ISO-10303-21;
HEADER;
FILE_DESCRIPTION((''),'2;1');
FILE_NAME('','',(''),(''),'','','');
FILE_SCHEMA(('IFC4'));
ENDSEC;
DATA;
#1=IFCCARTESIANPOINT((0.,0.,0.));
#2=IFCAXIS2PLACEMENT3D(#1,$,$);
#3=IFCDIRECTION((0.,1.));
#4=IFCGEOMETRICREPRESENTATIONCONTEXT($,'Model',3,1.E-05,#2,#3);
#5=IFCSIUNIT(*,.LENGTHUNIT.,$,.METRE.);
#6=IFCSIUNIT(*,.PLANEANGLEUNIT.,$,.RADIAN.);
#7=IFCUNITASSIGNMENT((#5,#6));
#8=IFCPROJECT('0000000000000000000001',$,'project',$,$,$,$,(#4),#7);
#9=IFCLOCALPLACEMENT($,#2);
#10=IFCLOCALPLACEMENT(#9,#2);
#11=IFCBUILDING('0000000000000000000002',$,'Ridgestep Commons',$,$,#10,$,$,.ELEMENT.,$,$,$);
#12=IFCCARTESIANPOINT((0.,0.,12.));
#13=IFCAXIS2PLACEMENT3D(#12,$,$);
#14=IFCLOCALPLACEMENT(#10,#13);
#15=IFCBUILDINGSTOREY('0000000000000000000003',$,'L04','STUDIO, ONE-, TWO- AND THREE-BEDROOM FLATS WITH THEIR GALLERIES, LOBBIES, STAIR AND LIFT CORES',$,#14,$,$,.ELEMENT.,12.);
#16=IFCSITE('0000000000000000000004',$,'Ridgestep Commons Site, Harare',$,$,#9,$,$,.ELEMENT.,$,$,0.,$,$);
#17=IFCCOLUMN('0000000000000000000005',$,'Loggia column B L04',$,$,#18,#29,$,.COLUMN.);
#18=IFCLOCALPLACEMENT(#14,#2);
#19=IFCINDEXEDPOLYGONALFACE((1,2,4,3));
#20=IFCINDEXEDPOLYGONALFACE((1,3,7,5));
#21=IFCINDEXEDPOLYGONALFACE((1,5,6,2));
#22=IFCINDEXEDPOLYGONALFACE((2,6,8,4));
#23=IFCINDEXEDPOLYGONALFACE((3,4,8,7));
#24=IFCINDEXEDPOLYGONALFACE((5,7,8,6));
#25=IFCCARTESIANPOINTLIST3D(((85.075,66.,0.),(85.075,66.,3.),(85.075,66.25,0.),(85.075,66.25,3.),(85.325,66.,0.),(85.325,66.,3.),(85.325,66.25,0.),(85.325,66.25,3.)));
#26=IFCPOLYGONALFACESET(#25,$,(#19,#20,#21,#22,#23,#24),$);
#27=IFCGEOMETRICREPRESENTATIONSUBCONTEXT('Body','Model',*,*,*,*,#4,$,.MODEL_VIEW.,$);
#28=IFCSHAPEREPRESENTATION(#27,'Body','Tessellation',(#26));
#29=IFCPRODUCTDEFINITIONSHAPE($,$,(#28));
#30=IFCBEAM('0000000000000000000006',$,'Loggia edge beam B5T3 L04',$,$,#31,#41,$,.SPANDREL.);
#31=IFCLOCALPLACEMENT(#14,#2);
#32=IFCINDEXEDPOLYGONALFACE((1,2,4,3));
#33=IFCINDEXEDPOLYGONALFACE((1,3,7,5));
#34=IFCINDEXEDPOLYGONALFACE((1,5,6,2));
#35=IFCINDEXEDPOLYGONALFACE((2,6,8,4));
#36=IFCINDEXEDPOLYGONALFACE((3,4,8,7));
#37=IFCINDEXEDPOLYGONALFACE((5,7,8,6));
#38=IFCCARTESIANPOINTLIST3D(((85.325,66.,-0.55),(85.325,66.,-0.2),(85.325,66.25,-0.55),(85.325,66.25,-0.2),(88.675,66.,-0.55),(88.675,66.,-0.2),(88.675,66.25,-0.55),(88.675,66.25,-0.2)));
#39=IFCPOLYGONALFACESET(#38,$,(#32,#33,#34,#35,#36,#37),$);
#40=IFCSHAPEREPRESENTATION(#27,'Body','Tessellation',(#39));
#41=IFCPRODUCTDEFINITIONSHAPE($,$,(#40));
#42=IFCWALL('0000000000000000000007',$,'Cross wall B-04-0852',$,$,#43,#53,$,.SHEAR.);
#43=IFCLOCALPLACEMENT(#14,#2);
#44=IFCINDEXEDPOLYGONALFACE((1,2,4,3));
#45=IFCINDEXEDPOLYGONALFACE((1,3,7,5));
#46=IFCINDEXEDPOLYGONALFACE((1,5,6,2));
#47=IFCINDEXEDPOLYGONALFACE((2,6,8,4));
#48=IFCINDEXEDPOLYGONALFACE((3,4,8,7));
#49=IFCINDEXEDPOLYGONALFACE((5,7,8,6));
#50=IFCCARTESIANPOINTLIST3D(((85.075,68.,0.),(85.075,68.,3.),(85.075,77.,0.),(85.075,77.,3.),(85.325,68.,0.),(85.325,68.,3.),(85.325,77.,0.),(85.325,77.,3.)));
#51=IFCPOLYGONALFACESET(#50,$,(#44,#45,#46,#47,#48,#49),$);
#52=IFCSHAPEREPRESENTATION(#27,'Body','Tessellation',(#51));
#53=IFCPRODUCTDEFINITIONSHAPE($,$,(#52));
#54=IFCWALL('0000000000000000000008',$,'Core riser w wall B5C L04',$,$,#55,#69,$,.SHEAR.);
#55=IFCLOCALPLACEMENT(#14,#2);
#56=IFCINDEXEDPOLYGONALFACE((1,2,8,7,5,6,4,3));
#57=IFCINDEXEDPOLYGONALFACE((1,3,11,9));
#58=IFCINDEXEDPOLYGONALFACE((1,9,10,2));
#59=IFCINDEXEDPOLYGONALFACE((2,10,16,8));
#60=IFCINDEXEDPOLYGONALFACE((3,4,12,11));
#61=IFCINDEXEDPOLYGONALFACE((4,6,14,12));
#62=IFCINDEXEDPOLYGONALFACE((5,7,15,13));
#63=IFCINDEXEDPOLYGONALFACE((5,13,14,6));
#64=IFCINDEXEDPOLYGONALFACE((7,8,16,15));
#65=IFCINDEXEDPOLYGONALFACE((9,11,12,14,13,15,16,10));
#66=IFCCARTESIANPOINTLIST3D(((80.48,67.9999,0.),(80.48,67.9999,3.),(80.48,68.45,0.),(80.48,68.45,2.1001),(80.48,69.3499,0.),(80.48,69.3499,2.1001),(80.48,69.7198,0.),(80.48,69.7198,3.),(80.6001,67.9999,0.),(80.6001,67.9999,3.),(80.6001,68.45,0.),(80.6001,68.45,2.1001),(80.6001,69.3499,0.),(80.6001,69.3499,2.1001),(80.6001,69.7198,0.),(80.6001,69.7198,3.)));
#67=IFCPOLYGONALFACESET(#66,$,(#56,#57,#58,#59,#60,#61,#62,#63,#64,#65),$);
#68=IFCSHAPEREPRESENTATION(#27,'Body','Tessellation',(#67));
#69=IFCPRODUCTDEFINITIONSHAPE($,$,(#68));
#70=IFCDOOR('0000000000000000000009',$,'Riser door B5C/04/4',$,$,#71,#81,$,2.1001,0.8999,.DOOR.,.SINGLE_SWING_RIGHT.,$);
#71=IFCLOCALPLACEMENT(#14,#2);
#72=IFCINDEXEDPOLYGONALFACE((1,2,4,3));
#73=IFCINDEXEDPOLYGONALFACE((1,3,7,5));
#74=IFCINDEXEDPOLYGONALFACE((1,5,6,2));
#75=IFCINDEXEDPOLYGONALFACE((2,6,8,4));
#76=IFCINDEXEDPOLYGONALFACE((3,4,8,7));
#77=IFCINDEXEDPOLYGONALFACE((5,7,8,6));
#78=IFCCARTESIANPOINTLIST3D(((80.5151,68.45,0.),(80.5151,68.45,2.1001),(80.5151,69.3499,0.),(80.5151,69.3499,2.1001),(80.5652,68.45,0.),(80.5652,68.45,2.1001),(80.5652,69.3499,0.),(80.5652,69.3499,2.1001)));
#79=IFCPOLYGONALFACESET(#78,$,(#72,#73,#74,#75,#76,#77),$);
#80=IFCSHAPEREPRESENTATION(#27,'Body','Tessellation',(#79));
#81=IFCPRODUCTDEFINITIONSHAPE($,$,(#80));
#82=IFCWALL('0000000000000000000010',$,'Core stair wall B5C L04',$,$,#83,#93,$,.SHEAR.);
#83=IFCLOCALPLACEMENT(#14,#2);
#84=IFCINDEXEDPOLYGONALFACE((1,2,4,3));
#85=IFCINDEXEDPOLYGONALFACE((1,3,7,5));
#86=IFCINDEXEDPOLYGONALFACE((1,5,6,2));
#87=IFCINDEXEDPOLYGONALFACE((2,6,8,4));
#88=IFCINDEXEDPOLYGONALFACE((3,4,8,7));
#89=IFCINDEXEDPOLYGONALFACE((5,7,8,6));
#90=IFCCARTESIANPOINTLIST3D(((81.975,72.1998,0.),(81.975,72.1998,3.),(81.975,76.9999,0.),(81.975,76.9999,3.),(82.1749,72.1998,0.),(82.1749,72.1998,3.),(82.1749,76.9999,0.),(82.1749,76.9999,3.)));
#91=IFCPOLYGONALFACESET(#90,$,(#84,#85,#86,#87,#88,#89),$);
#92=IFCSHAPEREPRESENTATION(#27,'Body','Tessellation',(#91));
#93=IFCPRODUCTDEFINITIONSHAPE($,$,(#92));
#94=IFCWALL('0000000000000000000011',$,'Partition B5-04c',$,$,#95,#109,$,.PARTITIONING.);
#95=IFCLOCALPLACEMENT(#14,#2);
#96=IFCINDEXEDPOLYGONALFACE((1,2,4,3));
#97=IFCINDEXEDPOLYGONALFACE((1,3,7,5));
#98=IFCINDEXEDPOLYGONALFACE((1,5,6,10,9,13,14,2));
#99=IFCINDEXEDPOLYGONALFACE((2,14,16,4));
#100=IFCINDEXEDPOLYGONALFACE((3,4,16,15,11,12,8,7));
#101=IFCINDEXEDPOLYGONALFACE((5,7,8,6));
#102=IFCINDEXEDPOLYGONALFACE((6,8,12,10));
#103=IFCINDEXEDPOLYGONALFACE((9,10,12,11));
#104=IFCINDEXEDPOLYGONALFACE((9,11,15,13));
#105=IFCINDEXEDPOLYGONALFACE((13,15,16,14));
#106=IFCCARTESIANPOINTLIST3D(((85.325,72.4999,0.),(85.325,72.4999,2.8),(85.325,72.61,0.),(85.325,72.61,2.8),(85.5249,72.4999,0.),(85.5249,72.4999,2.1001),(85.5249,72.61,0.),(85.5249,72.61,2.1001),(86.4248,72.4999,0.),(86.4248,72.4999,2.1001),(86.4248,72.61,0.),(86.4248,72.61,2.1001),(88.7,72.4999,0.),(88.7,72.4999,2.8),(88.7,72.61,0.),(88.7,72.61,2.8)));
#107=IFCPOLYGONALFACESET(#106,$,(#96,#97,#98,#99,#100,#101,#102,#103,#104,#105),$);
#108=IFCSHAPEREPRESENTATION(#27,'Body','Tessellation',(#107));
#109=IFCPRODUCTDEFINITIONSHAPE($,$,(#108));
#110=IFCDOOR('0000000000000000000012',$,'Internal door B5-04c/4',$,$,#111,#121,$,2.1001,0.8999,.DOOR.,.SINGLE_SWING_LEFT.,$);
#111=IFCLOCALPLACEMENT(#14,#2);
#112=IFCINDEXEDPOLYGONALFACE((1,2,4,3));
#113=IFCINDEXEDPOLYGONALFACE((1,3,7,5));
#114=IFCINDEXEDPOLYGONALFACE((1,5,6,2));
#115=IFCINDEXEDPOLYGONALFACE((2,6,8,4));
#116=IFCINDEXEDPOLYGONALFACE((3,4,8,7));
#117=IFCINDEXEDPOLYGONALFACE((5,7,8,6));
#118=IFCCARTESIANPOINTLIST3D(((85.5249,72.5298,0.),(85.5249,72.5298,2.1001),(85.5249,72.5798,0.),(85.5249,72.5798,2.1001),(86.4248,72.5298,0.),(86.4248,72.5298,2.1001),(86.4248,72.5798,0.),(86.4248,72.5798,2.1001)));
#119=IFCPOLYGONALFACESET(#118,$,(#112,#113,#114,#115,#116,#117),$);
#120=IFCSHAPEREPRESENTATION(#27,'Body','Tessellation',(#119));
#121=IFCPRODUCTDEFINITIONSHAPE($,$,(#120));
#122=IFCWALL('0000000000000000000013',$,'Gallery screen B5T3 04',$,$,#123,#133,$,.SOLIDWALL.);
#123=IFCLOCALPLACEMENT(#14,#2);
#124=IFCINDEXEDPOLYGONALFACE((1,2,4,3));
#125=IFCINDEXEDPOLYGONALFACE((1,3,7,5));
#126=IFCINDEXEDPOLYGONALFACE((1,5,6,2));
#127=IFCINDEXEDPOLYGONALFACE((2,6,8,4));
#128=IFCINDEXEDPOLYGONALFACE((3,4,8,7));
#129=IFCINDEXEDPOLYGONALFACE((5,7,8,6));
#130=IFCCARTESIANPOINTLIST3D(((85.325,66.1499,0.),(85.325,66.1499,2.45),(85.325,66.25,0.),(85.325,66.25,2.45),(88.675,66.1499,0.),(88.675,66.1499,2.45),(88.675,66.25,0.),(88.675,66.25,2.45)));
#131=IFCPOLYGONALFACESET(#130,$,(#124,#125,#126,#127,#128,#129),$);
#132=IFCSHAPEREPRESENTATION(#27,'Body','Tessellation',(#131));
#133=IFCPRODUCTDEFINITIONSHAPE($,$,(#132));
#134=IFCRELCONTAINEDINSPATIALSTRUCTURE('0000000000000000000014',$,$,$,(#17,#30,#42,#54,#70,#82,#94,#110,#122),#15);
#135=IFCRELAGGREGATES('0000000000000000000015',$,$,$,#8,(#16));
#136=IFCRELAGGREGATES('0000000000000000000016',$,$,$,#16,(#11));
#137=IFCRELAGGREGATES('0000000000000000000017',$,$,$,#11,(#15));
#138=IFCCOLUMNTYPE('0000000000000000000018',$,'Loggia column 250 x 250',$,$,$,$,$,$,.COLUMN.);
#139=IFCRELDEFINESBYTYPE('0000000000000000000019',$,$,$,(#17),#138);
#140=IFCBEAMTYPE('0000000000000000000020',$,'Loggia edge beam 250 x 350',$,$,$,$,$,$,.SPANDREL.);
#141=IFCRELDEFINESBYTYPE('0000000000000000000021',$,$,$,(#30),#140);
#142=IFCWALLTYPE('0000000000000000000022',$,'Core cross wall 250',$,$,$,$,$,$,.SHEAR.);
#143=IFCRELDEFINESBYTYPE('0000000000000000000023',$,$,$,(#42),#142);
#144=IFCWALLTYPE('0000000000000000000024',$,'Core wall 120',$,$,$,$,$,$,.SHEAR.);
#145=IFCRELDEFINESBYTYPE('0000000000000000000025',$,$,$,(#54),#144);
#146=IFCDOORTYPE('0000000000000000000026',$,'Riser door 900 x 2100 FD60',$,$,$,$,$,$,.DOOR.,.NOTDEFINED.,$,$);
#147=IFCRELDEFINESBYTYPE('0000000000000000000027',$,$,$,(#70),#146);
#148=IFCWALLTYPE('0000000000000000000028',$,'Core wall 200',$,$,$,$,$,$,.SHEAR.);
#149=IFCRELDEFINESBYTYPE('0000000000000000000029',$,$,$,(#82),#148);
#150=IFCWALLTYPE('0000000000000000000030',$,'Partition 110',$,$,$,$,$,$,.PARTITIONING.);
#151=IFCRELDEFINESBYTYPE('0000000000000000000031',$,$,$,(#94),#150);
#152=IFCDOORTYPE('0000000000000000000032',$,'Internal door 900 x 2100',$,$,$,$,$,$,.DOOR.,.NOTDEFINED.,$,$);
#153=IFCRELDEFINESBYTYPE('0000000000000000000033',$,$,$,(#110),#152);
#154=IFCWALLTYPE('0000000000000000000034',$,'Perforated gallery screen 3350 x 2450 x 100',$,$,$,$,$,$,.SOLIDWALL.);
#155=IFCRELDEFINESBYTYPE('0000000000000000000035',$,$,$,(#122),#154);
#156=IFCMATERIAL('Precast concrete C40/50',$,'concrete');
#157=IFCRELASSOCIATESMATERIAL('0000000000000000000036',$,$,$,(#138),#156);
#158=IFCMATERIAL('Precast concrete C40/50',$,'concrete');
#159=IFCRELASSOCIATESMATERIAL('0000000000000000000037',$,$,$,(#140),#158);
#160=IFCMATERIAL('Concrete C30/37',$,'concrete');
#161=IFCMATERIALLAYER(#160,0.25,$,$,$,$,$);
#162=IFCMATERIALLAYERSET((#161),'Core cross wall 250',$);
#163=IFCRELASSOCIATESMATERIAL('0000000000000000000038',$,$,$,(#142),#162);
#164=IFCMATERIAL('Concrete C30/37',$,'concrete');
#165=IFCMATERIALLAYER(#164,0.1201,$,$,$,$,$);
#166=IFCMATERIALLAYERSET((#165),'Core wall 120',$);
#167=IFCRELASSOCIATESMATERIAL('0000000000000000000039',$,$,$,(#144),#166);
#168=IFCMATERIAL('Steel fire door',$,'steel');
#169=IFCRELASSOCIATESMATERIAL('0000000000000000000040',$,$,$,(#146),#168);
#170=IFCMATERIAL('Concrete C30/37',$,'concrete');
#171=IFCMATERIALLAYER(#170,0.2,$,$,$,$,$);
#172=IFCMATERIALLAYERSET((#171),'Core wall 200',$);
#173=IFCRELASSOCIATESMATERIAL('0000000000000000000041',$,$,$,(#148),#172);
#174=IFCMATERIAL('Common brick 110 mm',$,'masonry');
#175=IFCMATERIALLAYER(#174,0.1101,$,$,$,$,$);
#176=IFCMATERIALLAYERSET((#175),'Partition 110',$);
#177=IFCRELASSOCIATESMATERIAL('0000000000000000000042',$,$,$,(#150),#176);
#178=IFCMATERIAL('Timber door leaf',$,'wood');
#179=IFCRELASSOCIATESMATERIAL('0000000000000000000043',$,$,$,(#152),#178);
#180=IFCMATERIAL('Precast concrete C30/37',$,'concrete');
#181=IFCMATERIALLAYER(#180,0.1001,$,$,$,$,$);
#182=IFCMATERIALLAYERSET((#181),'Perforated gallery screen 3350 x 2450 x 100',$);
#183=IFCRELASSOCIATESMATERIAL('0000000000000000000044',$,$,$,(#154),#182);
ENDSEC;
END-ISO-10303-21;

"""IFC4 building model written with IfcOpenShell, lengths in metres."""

from ifc_helpers import new_model, si_unit, direction, frame, frame_2d, origin, origin_2d, place, context, subcontext, project, spatial, rectangle, extrude, material, layer, layer_set, material_profile, profile_set, type_object, element, fill, save


model = new_model("IFC4")

# Units and contexts
model_context = context("Model", 3, precision=1e-05, world=origin(), true_north=direction((0.0, 1.0)))
body_context = subcontext(model_context, "Body", "Model", "MODEL_VIEW")
ifc_project = project(units=[si_unit("LENGTHUNIT", "METRE"), si_unit("PLANEANGLEUNIT", "RADIAN")], contexts=[model_context])

# Site, building, storey
site_placement = place(None, origin())
site = spatial("IfcSite", under=ifc_project, at=site_placement, Name="Ridgestep Commons Site, Harare", CompositionType="ELEMENT", RefElevation=0.0)
building_placement = place(site_placement, origin())
building = spatial("IfcBuilding", under=site, at=building_placement, Name="Ridgestep Commons", CompositionType="ELEMENT")
storey_placement = place(building_placement, frame((0.0, 0.0, 12.0)))
storey = spatial("IfcBuildingStorey", under=building, at=storey_placement, Name="L04", Description="STUDIO, ONE-, TWO- AND THREE-BEDROOM FLATS WITH THEIR GALLERIES, LOBBIES, STAIR AND LIFT CORES", CompositionType="ELEMENT", Elevation=12.0)

# Column
ifc_material_1 = material(Name="Precast concrete C40/50", Category="concrete")
ifc_material_profile_1 = material_profile(ifc_material_1, rectangle(XDim=0.25, YDim=0.25, at=origin_2d()), Name="PC 250x250")
ifc_profile_set_1 = profile_set([ifc_material_profile_1], Name="Precast concrete C40/50")
column_type = type_object("IfcColumnType", Name="Loggia column 250 x 250", PredefinedType="COLUMN", material=ifc_profile_set_1)
column_placement = place(storey_placement, frame((85.2, 66.125, 0.0), z_axis=(0.0, 0.0, 1.0), x_axis=(1.0, 0.0, 0.0)))
element("IfcColumn", 1, at=column_placement, inside=storey, type_object=column_type, Name="Loggia column B L04", PredefinedType="COLUMN", context=body_context, shape_type="SweptSolid", body=[
    extrude(rectangle(XDim=0.25, YDim=0.25, at=origin_2d()), origin(), (0.0, 0.0, 1.0), 3.0),
])

# Beam
ifc_material_2 = material(Name="Precast concrete C40/50", Category="concrete")
ifc_material_profile_2 = material_profile(ifc_material_2, rectangle(XDim=0.25, YDim=0.3501, at=origin_2d()), Name="PC 250x350")
ifc_profile_set_2 = profile_set([ifc_material_profile_2], Name="Precast concrete C40/50")
beam_type = type_object("IfcBeamType", Name="Loggia edge beam 250 x 350", PredefinedType="SPANDREL", material=ifc_profile_set_2)
beam_placement = place(storey_placement, frame((85.325, 66.125, -0.375), z_axis=(1.0, 0.0, 0.0), x_axis=(0.0, 1.0, 0.0)))
element("IfcBeam", 2, at=beam_placement, inside=storey, type_object=beam_type, Name="Loggia edge beam B5T3 L04", PredefinedType="SPANDREL", context=body_context, shape_type="SweptSolid", body=[
    extrude(rectangle(XDim=0.25, YDim=0.3501, at=origin_2d()), origin(), (0.0, 0.0, 1.0), 3.3501),
])

# Wall
ifc_material_3 = material(Name="Concrete C30/37", Category="concrete")
ifc_layer_1 = layer(ifc_material_3, 0.25)
ifc_layer_set_1 = layer_set([ifc_layer_1], Name="Core cross wall 250")
wall_type_1 = type_object("IfcWallType", Name="Core cross wall 250", PredefinedType="SHEAR", material=ifc_layer_set_1)
wall_1_placement = place(storey_placement, frame((85.2, 68.0, 0.0), z_axis=(0.0, 0.0, 1.0), x_axis=(0.0, 1.0, 0.0)))
element("IfcWall", 3, at=wall_1_placement, inside=storey, type_object=wall_type_1, Name="Cross wall B-04-0852", PredefinedType="SHEAR", context=body_context, shape_type="SweptSolid", body=[
    extrude(rectangle(XDim=9.0, YDim=0.25, at=frame_2d((4.5, 0.0))), origin(), (0.0, 0.0, 1.0), 3.0),
])

# Wall, opening, door
ifc_material_4 = material(Name="Concrete C30/37", Category="concrete")
ifc_layer_2 = layer(ifc_material_4, 0.1201)
ifc_layer_set_2 = layer_set([ifc_layer_2], Name="Core wall 120")
wall_type_2 = type_object("IfcWallType", Name="Core wall 120", PredefinedType="SHEAR", material=ifc_layer_set_2)
wall_2_placement = place(storey_placement, frame((80.54, 68.0, 0.0), z_axis=(0.0, 0.0, 1.0), x_axis=(0.0, 1.0, 0.0)))
wall_2 = element("IfcWall", 4, at=wall_2_placement, inside=storey, type_object=wall_type_2, Name="Core riser w wall B5C L04", PredefinedType="SHEAR", context=body_context, shape_type="SweptSolid", body=[
    extrude(rectangle(XDim=1.72, YDim=0.1201, at=frame_2d((0.8599, 0.0))), origin(), (0.0, 0.0, 1.0), 3.0),
])
opening_1_placement = place(wall_2_placement, frame((0.45, 0.0, 0.0)))
opening_1 = element("IfcOpeningElement", 5, at=opening_1_placement, cuts=wall_2, PredefinedType="OPENING", context=body_context, shape_type="SweptSolid", body=[
    extrude(rectangle(XDim=0.8999, YDim=2.1001, at=frame_2d((0.45, 1.05))), frame((0.0, 0.0701, 0.0), z_axis=(0.0, -1.0, 0.0), x_axis=(1.0, 0.0, 0.0)), (0.0, 0.0, 1.0), 0.1401),
])
ifc_material_5 = material(Name="Steel fire door", Category="steel")
door_type_1 = type_object("IfcDoorType", Name="Riser door 900 x 2100 FD60", OperationType="NOTDEFINED", PredefinedType="DOOR", material=ifc_material_5)
door_1_placement = place(opening_1_placement, origin())
door_1 = element("IfcDoor", 6, at=door_1_placement, inside=storey, type_object=door_type_1, Name="Riser door B5C/04/4", OperationType="SINGLE_SWING_RIGHT", OverallHeight=2.1001, OverallWidth=0.8999, PredefinedType="DOOR", context=body_context, shape_type="SweptSolid", body=[
    extrude(rectangle(XDim=0.8999, YDim=2.1001, at=frame_2d((0.45, 1.05))), frame((0.0, 0.0249, 0.0), z_axis=(0.0, -1.0, 0.0), x_axis=(1.0, 0.0, 0.0)), (0.0, 0.0, 1.0), 0.05),
])
fill(opening_1, door_1)

# Wall
ifc_material_6 = material(Name="Concrete C30/37", Category="concrete")
ifc_layer_3 = layer(ifc_material_6, 0.2)
ifc_layer_set_3 = layer_set([ifc_layer_3], Name="Core wall 200")
wall_type_3 = type_object("IfcWallType", Name="Core wall 200", PredefinedType="SHEAR", material=ifc_layer_set_3)
wall_3_placement = place(storey_placement, frame((82.075, 72.2, 0.0), z_axis=(0.0, 0.0, 1.0), x_axis=(0.0, 1.0, 0.0)))
element("IfcWall", 7, at=wall_3_placement, inside=storey, type_object=wall_type_3, Name="Core stair wall B5C L04", PredefinedType="SHEAR", context=body_context, shape_type="SweptSolid", body=[
    extrude(rectangle(XDim=4.8, YDim=0.2, at=frame_2d((2.3999, 0.0))), origin(), (0.0, 0.0, 1.0), 3.0),
])

# Wall, opening, door
ifc_material_7 = material(Name="Common brick 110 mm", Category="masonry")
ifc_layer_4 = layer(ifc_material_7, 0.1101)
ifc_layer_set_4 = layer_set([ifc_layer_4], Name="Partition 110")
wall_type_4 = type_object("IfcWallType", Name="Partition 110", PredefinedType="PARTITIONING", material=ifc_layer_set_4)
wall_4_placement = place(storey_placement, frame((85.325, 72.5549, 0.0), z_axis=(0.0, 0.0, 1.0), x_axis=(1.0, 0.0, 0.0)))
wall_4 = element("IfcWall", 8, at=wall_4_placement, inside=storey, type_object=wall_type_4, Name="Partition B5-04c", PredefinedType="PARTITIONING", context=body_context, shape_type="SweptSolid", body=[
    extrude(rectangle(XDim=3.375, YDim=0.1101, at=frame_2d((1.6875, 0.0))), origin(), (0.0, 0.0, 1.0), 2.8),
])
opening_2_placement = place(wall_4_placement, frame((0.2, 0.0, 0.0)))
opening_2 = element("IfcOpeningElement", 9, at=opening_2_placement, cuts=wall_4, PredefinedType="OPENING", context=body_context, shape_type="SweptSolid", body=[
    extrude(rectangle(XDim=0.8999, YDim=2.1001, at=frame_2d((0.45, 1.05))), frame((0.0, 0.0649, 0.0), z_axis=(0.0, -1.0, 0.0), x_axis=(1.0, 0.0, 0.0)), (0.0, 0.0, 1.0), 0.1301),
])
ifc_material_8 = material(Name="Timber door leaf", Category="wood")
door_type_2 = type_object("IfcDoorType", Name="Internal door 900 x 2100", OperationType="NOTDEFINED", PredefinedType="DOOR", material=ifc_material_8)
door_2_placement = place(opening_2_placement, origin())
door_2 = element("IfcDoor", 10, at=door_2_placement, inside=storey, type_object=door_type_2, Name="Internal door B5-04c/4", OperationType="SINGLE_SWING_LEFT", OverallHeight=2.1001, OverallWidth=0.8999, PredefinedType="DOOR", context=body_context, shape_type="SweptSolid", body=[
    extrude(rectangle(XDim=0.8999, YDim=2.1001, at=frame_2d((0.45, 1.05))), frame((0.0, 0.0249, 0.0), z_axis=(0.0, -1.0, 0.0), x_axis=(1.0, 0.0, 0.0)), (0.0, 0.0, 1.0), 0.05),
])
fill(opening_2, door_2)

# Wall
ifc_material_9 = material(Name="Precast concrete C30/37", Category="concrete")
ifc_layer_5 = layer(ifc_material_9, 0.1001)
ifc_layer_set_5 = layer_set([ifc_layer_5], Name="Perforated gallery screen 3350 x 2450 x 100")
wall_type_5 = type_object("IfcWallType", Name="Perforated gallery screen 3350 x 2450 x 100", PredefinedType="SOLIDWALL", material=ifc_layer_set_5)
wall_5_placement = place(storey_placement, frame((85.325, 66.2, 0.0), z_axis=(0.0, 0.0, 1.0), x_axis=(1.0, 0.0, 0.0)))
element("IfcWall", 11, at=wall_5_placement, inside=storey, type_object=wall_type_5, Name="Gallery screen B5T3 04", PredefinedType="SOLIDWALL", context=body_context, shape_type="SweptSolid", body=[
    extrude(rectangle(XDim=3.3501, YDim=0.1001, at=frame_2d((1.675, 0.0))), origin(), (0.0, 0.0, 1.0), 2.45),
])

save(model, "model.ifc")
